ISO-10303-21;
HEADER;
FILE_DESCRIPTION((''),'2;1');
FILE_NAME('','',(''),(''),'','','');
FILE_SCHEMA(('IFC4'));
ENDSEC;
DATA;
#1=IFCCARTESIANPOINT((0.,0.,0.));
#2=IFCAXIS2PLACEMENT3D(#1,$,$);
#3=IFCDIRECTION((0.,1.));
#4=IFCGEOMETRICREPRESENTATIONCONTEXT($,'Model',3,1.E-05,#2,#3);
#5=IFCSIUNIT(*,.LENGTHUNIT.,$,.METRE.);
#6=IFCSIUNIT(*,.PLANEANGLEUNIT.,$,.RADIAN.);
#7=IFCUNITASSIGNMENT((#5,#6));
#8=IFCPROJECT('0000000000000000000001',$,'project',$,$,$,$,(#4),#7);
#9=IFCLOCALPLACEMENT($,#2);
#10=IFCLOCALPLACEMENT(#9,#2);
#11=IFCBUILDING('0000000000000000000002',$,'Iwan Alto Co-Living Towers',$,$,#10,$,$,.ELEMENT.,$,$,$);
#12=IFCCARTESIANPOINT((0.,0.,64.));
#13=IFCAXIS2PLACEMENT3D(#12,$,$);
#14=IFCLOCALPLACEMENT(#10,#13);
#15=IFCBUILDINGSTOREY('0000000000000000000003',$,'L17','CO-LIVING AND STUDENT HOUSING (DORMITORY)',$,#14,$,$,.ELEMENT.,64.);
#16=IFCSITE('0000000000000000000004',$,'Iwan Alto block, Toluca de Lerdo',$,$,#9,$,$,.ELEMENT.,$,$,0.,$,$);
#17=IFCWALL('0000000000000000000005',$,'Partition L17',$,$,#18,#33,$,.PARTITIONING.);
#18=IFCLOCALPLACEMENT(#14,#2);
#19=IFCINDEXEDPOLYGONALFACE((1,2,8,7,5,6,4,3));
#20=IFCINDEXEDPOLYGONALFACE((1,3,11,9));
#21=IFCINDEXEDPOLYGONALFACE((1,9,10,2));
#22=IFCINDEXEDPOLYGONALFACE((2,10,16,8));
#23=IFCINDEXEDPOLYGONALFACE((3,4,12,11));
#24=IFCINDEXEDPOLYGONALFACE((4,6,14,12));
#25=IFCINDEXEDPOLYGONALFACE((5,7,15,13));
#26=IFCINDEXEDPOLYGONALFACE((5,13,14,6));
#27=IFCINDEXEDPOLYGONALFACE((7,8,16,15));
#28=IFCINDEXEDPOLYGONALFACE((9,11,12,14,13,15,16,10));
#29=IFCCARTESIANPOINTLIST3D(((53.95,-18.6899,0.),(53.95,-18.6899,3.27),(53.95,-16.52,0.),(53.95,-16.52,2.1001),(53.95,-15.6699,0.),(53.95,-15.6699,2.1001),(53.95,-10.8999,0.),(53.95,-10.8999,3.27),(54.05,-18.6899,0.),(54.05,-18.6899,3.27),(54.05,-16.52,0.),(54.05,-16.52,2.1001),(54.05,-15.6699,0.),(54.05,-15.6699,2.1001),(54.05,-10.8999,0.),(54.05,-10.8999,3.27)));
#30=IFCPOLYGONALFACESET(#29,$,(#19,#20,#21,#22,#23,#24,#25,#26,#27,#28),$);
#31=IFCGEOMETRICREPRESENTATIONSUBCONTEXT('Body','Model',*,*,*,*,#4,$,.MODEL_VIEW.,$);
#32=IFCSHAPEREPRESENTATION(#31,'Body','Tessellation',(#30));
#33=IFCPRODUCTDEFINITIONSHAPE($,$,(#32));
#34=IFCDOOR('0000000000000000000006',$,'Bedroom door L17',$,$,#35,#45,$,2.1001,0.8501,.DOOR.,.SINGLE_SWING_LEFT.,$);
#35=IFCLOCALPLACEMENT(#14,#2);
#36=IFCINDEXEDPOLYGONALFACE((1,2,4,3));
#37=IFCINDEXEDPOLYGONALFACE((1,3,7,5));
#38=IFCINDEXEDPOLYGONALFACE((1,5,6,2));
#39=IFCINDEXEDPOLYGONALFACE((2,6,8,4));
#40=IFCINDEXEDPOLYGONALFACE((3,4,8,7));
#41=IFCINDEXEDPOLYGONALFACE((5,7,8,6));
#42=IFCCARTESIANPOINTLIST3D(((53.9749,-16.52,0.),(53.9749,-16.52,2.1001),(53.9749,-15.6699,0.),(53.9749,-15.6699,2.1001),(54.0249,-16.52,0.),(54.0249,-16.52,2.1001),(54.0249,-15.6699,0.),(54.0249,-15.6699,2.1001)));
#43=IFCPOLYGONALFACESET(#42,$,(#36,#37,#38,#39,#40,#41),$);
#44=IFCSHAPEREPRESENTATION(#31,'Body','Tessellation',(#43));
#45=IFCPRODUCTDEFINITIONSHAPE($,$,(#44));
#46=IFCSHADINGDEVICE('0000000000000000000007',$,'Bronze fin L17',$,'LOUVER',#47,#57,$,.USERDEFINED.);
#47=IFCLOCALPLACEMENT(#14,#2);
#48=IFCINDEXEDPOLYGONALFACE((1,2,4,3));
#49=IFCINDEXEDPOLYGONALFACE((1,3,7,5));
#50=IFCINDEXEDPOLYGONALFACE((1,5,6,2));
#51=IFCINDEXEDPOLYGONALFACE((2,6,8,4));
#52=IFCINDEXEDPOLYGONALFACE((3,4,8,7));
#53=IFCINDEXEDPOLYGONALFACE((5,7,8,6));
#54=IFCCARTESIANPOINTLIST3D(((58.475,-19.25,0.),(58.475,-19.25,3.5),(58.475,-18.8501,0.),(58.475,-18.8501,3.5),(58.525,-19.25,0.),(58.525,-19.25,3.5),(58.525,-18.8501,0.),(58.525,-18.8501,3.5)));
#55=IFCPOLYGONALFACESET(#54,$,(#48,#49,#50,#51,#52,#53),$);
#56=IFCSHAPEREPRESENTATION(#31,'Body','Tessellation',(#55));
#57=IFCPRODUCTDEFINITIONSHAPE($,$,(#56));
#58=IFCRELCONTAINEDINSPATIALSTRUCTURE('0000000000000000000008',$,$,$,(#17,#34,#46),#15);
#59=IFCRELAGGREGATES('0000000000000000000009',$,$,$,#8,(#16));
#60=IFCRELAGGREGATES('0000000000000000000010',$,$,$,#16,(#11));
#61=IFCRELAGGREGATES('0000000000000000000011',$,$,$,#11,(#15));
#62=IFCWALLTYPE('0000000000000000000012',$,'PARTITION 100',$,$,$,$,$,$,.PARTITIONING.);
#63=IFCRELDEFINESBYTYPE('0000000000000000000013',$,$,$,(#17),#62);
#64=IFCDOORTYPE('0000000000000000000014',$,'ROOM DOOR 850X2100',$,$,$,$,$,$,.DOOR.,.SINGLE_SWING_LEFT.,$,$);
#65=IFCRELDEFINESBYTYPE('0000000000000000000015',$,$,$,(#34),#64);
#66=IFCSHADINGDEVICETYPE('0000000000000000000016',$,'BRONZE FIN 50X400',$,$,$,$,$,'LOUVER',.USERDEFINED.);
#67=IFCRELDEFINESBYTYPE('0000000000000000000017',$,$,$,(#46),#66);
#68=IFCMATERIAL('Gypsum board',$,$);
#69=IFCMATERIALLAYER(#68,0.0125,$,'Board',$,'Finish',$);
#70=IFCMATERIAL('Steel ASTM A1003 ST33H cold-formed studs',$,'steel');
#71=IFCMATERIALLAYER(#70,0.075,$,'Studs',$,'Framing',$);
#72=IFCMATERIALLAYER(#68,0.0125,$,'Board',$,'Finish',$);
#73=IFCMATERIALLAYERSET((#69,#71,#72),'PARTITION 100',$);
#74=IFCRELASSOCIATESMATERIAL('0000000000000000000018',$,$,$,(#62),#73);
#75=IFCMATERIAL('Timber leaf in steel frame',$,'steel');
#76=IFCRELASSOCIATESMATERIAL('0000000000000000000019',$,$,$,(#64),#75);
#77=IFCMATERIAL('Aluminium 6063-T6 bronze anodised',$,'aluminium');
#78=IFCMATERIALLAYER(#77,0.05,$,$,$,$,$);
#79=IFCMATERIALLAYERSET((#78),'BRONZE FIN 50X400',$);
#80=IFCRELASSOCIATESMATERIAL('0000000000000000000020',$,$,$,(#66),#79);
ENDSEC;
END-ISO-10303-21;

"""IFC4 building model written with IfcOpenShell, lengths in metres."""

from ifc_helpers import new_model, si_unit, direction, frame, frame_2d, origin, origin_2d, place, context, subcontext, project, spatial, rectangle, extrude, material, layer, layer_set, type_object, element, fill, save


model = new_model("IFC4")

# Units and contexts
model_context = context("Model", 3, precision=1e-05, world=origin(), true_north=direction((0.0, 1.0)))
body_context = subcontext(model_context, "Body", "Model", "MODEL_VIEW")
ifc_project = project(units=[si_unit("LENGTHUNIT", "METRE"), si_unit("PLANEANGLEUNIT", "RADIAN")], contexts=[model_context])

# Site, building, storey
site_placement = place(None, origin())
site = spatial("IfcSite", under=ifc_project, at=site_placement, Name="Iwan Alto block, Toluca de Lerdo", CompositionType="ELEMENT", RefElevation=0.0)
building_placement = place(site_placement, origin())
building = spatial("IfcBuilding", under=site, at=building_placement, Name="Iwan Alto Co-Living Towers", CompositionType="ELEMENT")
storey_placement = place(building_placement, frame((0.0, 0.0, 64.0)))
storey = spatial("IfcBuildingStorey", under=building, at=storey_placement, Name="L17", Description="CO-LIVING AND STUDENT HOUSING (DORMITORY)", CompositionType="ELEMENT", Elevation=64.0)

# Shared definitions
ifc_material_1 = material(Name="Gypsum board")
ifc_layer_1 = layer(ifc_material_1, 0.0125, Name="Board", Category="Finish")
ifc_material_2 = material(Name="Steel ASTM A1003 ST33H cold-formed studs", Category="steel")
ifc_layer_2 = layer(ifc_material_2, 0.075, Name="Studs", Category="Framing")
ifc_layer_3 = layer(ifc_material_1, 0.0125, Name="Board", Category="Finish")
ifc_layer_set_1 = layer_set([ifc_layer_1, ifc_layer_2, ifc_layer_3], Name="PARTITION 100")
wall_type = type_object("IfcWallType", Name="PARTITION 100", PredefinedType="PARTITIONING", material=ifc_layer_set_1)

# Wall, opening, door
wall_1_placement = place(storey_placement, frame((54.0, -18.6899, 0.0), z_axis=(0.0, 0.0, 1.0), x_axis=(0.0, 1.0, 0.0)))
wall_1 = element("IfcWall", 1, at=wall_1_placement, inside=storey, type_object=wall_type, Name="Partition L17", PredefinedType="PARTITIONING", context=body_context, shape_type="SweptSolid", body=[
    extrude(rectangle(XDim=7.79, YDim=0.1001, at=frame_2d((3.895, 0.0))), origin(), (0.0, 0.0, 1.0), 3.27),
])
opening_placement = place(wall_1_placement, frame((2.1699, 0.0, 0.0)))
opening = element("IfcOpeningElement", 2, at=opening_placement, cuts=wall_1, PredefinedType="OPENING", context=body_context, shape_type="SweptSolid", body=[
    extrude(rectangle(XDim=0.8501, YDim=2.1001, at=frame_2d((0.425, 1.05))), frame((0.0, 0.0601, 0.0), z_axis=(0.0, -1.0, 0.0), x_axis=(1.0, 0.0, 0.0)), (0.0, 0.0, 1.0), 0.1201),
])
ifc_material_3 = material(Name="Timber leaf in steel frame", Category="steel")
door_type = type_object("IfcDoorType", Name="ROOM DOOR 850X2100", OperationType="SINGLE_SWING_LEFT", PredefinedType="DOOR", material=ifc_material_3)
door_placement = place(opening_placement, frame((0.8501, 0.0, 0.0), z_axis=(0.0, 0.0, 1.0), x_axis=(-1.0, 0.0, 0.0)))
door = element("IfcDoor", 3, at=door_placement, inside=storey, type_object=door_type, Name="Bedroom door L17", OperationType="SINGLE_SWING_LEFT", OverallHeight=2.1001, OverallWidth=0.8501, PredefinedType="DOOR", context=body_context, shape_type="SweptSolid", body=[
    extrude(rectangle(XDim=0.8501, YDim=2.1001, at=frame_2d((0.425, 1.05))), frame((0.0, 0.0249, 0.0), z_axis=(0.0, -1.0, 0.0), x_axis=(1.0, 0.0, 0.0)), (0.0, 0.0, 1.0), 0.05),
])
fill(opening, door)

# Shading device
ifc_material_4 = material(Name="Aluminium 6063-T6 bronze anodised", Category="aluminium")
ifc_layer_4 = layer(ifc_material_4, 0.05)
ifc_layer_set_2 = layer_set([ifc_layer_4], Name="BRONZE FIN 50X400")
shading_device_type = type_object("IfcShadingDeviceType", Name="BRONZE FIN 50X400", ElementType="LOUVER", PredefinedType="USERDEFINED", material=ifc_layer_set_2)
shading_device_placement = place(storey_placement, frame((58.5, -19.05, 0.0), z_axis=(0.0, 0.0, 1.0), x_axis=(1.0, 0.0, 0.0)))
element("IfcShadingDevice", 4, at=shading_device_placement, inside=storey, type_object=shading_device_type, Name="Bronze fin L17", ObjectType="LOUVER", PredefinedType="USERDEFINED", context=body_context, shape_type="SweptSolid", body=[
    extrude(rectangle(XDim=0.05, YDim=0.3999, at=origin_2d()), origin(), (0.0, 0.0, 1.0), 3.5),
])

save(model, "model.ifc")
